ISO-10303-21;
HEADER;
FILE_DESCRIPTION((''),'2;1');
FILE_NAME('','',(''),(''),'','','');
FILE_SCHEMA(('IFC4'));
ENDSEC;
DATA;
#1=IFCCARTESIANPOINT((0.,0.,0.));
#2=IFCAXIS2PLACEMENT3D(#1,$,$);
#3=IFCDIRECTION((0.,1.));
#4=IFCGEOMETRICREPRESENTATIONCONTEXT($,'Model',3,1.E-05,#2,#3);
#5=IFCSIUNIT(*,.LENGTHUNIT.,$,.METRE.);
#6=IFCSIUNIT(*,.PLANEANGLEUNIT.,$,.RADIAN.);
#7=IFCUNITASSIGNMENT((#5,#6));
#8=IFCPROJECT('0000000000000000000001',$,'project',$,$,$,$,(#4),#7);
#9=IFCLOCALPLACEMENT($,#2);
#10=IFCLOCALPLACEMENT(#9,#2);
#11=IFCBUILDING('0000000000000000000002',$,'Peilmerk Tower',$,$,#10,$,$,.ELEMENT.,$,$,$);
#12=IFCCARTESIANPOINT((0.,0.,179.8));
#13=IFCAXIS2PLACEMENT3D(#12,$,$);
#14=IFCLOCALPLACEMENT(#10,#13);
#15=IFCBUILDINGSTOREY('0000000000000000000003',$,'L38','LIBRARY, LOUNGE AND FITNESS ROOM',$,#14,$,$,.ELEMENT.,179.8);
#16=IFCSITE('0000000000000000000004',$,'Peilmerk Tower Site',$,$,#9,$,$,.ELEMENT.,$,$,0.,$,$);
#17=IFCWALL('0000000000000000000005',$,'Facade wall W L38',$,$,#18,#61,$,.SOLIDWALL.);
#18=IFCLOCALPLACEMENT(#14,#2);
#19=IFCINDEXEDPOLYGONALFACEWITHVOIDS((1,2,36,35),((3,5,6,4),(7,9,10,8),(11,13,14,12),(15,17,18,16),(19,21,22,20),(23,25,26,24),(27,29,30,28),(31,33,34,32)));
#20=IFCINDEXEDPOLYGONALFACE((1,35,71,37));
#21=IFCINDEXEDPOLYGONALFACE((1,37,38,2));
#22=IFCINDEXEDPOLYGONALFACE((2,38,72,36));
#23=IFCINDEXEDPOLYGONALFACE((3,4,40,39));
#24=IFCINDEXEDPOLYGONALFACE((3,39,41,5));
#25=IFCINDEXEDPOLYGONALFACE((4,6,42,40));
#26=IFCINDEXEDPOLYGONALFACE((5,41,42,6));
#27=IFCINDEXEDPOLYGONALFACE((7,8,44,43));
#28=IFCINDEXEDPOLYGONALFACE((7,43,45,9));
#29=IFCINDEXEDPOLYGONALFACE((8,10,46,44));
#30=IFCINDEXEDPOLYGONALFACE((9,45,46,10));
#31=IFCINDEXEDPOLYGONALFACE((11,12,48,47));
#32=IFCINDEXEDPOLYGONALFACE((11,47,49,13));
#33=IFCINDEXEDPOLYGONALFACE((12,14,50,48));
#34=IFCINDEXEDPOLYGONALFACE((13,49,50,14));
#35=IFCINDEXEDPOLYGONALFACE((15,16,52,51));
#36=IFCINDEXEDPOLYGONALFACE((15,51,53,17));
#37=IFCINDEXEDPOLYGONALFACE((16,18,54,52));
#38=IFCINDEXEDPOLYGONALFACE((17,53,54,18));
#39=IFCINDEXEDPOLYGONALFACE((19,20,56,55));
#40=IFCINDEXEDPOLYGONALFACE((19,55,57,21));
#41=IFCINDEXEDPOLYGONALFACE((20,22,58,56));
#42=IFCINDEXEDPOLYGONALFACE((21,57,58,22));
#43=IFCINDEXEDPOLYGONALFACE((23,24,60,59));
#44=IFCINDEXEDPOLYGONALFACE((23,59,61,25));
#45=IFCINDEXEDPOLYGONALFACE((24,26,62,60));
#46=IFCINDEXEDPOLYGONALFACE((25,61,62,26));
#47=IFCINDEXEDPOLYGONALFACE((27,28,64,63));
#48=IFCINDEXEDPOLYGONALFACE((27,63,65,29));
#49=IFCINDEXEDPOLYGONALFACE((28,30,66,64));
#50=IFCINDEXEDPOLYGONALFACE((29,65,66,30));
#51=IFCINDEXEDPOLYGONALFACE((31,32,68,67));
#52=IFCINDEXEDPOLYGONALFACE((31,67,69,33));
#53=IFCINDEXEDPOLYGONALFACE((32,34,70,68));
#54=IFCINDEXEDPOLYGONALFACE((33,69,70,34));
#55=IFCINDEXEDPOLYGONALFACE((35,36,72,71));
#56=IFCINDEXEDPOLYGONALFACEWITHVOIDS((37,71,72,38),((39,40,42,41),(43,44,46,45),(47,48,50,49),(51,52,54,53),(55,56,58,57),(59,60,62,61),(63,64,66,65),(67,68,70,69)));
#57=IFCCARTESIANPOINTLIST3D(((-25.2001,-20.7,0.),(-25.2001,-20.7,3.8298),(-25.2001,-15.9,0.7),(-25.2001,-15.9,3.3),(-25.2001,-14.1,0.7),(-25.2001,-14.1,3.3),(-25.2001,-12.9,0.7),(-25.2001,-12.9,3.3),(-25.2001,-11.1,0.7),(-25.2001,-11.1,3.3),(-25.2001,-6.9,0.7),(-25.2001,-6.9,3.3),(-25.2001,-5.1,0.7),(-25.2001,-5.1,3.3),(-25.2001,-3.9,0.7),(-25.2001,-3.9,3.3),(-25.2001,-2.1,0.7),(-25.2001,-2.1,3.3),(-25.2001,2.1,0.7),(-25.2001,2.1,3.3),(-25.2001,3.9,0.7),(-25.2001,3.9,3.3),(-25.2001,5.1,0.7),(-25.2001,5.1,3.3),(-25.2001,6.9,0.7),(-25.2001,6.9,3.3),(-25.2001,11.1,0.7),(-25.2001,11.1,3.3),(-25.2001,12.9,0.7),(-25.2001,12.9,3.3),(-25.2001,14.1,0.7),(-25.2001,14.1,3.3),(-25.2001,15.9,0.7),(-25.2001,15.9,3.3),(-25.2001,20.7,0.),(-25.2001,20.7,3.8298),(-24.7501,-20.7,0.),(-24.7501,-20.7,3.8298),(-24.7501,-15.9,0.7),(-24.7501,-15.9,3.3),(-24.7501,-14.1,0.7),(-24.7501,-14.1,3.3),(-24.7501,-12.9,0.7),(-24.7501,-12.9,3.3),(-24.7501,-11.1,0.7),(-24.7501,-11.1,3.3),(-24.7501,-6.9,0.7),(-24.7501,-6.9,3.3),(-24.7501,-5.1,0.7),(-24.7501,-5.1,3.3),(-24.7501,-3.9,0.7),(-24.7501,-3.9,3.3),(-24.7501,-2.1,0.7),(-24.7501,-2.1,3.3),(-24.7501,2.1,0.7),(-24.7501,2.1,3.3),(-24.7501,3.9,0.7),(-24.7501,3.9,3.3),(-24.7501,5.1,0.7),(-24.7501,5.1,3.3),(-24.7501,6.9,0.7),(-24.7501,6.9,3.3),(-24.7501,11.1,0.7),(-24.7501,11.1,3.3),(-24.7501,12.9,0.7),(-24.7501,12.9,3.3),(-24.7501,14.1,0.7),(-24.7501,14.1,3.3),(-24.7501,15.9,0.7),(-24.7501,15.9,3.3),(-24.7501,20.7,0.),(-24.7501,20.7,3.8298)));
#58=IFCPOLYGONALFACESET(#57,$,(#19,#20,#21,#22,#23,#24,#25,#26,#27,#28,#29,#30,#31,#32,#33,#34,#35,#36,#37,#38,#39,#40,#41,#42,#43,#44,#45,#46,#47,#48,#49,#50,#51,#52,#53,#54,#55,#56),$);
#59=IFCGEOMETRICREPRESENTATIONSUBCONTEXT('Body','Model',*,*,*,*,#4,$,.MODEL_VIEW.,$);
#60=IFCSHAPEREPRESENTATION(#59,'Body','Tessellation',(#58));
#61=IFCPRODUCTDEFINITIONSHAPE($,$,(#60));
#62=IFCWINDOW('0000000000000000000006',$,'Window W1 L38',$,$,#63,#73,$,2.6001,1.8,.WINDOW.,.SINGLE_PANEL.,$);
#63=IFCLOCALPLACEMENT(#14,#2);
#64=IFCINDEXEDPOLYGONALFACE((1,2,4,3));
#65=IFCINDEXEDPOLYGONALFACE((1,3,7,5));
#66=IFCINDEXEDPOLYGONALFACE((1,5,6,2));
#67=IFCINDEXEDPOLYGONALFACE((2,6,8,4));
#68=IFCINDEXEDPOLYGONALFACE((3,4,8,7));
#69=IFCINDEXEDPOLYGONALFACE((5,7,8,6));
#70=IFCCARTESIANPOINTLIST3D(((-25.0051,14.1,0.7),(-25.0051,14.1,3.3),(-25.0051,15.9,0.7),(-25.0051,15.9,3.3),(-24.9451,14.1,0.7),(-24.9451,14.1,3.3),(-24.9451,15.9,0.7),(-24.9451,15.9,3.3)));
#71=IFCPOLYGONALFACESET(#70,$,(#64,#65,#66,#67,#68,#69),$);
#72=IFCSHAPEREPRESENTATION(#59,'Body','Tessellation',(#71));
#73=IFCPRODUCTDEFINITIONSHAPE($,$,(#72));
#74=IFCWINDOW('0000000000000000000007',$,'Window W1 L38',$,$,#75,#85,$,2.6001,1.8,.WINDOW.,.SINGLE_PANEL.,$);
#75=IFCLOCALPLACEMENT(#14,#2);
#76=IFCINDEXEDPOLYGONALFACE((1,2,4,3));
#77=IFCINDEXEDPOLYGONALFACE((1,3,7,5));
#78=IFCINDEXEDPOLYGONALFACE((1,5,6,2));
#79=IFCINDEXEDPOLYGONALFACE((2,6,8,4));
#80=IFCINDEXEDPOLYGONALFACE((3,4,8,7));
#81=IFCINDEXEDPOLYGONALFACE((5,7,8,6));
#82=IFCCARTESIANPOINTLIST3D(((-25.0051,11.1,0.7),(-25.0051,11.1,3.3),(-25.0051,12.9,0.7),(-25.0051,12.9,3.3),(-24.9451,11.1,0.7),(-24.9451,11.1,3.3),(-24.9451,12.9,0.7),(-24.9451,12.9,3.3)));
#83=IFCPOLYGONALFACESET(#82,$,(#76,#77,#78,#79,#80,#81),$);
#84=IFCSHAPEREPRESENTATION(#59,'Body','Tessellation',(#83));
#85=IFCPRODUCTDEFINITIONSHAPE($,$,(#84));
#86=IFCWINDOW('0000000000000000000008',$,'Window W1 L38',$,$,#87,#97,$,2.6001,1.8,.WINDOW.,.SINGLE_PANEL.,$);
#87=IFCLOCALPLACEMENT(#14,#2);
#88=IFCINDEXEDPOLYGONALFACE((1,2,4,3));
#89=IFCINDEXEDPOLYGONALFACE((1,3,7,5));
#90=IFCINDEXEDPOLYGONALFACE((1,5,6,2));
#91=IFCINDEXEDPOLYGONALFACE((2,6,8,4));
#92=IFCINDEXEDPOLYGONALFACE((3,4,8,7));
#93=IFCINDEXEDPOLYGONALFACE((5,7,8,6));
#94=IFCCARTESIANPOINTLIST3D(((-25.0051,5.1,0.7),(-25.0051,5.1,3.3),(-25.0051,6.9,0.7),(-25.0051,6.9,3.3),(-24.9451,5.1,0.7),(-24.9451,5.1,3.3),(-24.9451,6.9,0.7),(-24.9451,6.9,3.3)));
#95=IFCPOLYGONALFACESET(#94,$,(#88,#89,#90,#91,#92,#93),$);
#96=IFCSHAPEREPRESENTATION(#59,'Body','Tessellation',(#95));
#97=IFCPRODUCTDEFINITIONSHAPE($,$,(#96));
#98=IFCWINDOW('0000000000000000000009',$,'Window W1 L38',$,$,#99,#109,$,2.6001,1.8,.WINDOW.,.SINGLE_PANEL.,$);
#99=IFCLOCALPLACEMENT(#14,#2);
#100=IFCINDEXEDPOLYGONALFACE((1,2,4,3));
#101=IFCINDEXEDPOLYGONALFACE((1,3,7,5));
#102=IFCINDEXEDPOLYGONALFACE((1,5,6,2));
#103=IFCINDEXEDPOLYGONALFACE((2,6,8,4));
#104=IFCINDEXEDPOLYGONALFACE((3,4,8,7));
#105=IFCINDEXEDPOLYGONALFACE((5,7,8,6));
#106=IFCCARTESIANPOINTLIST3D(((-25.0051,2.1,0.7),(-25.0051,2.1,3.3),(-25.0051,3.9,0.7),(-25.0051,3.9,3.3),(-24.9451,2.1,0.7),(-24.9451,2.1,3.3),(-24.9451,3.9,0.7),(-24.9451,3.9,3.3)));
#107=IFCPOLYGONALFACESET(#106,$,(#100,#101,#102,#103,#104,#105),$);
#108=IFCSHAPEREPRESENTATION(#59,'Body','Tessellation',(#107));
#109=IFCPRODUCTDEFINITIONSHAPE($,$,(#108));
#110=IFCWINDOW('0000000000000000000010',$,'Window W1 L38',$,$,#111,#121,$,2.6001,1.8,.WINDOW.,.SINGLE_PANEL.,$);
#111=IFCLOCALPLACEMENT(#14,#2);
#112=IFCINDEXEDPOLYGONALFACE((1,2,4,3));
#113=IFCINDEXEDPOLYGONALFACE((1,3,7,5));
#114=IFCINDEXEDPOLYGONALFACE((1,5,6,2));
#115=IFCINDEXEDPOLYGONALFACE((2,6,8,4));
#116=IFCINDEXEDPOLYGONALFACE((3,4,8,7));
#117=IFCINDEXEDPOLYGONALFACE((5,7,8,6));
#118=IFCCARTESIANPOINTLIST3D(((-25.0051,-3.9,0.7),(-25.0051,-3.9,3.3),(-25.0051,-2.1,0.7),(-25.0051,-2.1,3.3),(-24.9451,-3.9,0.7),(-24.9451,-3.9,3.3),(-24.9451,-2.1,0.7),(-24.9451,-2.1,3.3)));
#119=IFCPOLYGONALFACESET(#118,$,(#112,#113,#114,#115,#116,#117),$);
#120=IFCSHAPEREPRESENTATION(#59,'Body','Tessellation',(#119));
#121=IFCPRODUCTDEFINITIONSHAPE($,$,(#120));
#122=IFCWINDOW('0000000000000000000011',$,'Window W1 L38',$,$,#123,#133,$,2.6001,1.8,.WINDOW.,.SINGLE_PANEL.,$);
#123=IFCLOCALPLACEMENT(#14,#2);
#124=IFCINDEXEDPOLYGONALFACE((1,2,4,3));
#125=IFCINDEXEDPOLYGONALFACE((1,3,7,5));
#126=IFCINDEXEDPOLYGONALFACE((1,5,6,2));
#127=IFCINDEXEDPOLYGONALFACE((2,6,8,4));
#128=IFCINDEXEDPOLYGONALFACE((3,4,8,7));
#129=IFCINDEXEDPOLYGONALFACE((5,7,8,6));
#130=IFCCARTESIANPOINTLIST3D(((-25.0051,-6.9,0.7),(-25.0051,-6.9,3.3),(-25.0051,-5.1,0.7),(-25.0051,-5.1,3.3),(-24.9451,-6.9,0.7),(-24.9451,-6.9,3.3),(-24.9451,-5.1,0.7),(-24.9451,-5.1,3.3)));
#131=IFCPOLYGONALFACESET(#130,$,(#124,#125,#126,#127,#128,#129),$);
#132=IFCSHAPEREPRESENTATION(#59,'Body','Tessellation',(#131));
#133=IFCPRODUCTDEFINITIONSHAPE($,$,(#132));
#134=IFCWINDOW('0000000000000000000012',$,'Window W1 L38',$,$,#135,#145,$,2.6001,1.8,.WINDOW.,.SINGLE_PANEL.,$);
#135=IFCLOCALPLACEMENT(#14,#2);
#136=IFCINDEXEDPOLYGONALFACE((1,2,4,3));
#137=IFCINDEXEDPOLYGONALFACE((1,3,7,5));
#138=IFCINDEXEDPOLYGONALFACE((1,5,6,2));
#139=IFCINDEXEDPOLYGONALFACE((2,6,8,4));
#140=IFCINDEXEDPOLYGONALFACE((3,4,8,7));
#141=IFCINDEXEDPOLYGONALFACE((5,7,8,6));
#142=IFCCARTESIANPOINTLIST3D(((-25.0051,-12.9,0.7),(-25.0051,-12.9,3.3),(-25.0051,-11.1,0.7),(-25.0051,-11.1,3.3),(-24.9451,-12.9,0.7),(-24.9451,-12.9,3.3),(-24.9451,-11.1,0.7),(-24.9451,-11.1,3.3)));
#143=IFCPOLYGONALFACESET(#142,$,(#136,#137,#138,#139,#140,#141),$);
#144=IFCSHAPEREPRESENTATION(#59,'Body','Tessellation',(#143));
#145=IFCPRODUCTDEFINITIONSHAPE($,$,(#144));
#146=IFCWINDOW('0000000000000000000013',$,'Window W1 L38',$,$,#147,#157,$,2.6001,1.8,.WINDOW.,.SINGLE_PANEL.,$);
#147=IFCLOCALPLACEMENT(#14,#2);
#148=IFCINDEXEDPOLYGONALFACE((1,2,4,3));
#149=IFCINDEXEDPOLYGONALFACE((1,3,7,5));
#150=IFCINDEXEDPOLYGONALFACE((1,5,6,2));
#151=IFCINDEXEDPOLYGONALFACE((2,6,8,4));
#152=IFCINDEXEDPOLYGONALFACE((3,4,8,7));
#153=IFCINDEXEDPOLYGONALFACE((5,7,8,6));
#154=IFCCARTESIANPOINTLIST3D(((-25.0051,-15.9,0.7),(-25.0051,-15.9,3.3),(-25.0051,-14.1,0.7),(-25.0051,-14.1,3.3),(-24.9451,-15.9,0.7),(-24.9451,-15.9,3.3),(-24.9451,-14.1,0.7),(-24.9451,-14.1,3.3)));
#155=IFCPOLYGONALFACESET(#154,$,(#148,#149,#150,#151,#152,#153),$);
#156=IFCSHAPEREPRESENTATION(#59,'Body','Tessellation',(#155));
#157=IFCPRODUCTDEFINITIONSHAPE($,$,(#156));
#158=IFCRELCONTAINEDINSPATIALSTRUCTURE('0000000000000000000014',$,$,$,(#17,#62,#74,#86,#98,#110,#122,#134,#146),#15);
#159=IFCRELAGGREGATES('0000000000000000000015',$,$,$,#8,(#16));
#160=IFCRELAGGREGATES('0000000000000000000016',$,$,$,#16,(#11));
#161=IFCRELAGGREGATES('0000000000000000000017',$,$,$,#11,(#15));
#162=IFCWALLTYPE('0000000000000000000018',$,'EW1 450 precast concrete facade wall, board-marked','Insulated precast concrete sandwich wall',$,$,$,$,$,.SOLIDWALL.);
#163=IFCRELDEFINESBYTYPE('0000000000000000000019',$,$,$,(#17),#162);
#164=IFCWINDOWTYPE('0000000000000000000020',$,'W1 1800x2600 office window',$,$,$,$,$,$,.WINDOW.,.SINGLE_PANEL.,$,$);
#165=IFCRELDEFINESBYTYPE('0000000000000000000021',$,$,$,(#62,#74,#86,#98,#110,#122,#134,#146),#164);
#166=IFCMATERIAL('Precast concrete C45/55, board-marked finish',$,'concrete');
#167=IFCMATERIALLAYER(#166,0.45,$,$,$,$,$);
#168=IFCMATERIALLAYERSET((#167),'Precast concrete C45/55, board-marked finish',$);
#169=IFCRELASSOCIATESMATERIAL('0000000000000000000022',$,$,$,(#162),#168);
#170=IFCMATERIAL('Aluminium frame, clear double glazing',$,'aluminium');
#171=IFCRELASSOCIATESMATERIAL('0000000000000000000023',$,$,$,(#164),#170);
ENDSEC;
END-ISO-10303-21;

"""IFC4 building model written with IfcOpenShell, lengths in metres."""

from ifc_helpers import new_model, si_unit, direction, frame, frame_2d, origin, place, context, subcontext, project, spatial, rectangle, extrude, material, layer, layer_set, type_object, element, fill, save


model = new_model("IFC4")

# Units and contexts
model_context = context("Model", 3, precision=1e-05, world=origin(), true_north=direction((0.0, 1.0)))
body_context = subcontext(model_context, "Body", "Model", "MODEL_VIEW")
ifc_project = project(units=[si_unit("LENGTHUNIT", "METRE"), si_unit("PLANEANGLEUNIT", "RADIAN")], contexts=[model_context])

# Site, building, storey
site_placement = place(None, origin())
site = spatial("IfcSite", under=ifc_project, at=site_placement, Name="Peilmerk Tower Site", CompositionType="ELEMENT", RefElevation=0.0)
building_placement = place(site_placement, origin())
building = spatial("IfcBuilding", under=site, at=building_placement, Name="Peilmerk Tower", CompositionType="ELEMENT")
storey_placement = place(building_placement, frame((0.0, 0.0, 179.8)))
storey = spatial("IfcBuildingStorey", under=building, at=storey_placement, Name="L38", Description="LIBRARY, LOUNGE AND FITNESS ROOM", CompositionType="ELEMENT", Elevation=179.8)

# Wall, openings, windows
ifc_material_1 = material(Name="Precast concrete C45/55, board-marked finish", Category="concrete")
ifc_layer_1 = layer(ifc_material_1, 0.45)
ifc_layer_set_1 = layer_set([ifc_layer_1], Name="Precast concrete C45/55, board-marked finish")
wall_type = type_object("IfcWallType", Name="EW1 450 precast concrete facade wall, board-marked", Description="Insulated precast concrete sandwich wall", PredefinedType="SOLIDWALL", material=ifc_layer_set_1)
wall_1_placement = place(storey_placement, frame((-24.9751, 20.7, 0.0), z_axis=(0.0, 0.0, 1.0), x_axis=(0.0, -1.0, 0.0)))
wall_1 = element("IfcWall", 1, at=wall_1_placement, inside=storey, type_object=wall_type, Name="Facade wall W L38", PredefinedType="SOLIDWALL", context=body_context, shape_type="SweptSolid", body=[
    extrude(rectangle(XDim=41.3999, YDim=0.45, at=frame_2d((20.7, 0.0))), origin(), (0.0, 0.0, 1.0), 3.8298),
])
opening_1_placement = place(wall_1_placement, frame((4.8, 0.0, 0.7)))
opening_1 = element("IfcOpeningElement", 2, at=opening_1_placement, cuts=wall_1, PredefinedType="OPENING", context=body_context, shape_type="SweptSolid", body=[
    extrude(rectangle(XDim=1.8, YDim=2.6001, at=frame_2d((0.8999, 1.3))), frame((0.0, 0.2349, 0.0), z_axis=(0.0, -1.0, 0.0), x_axis=(1.0, 0.0, 0.0)), (0.0, 0.0, 1.0), 0.47),
])
opening_2_placement = place(wall_1_placement, frame((7.8, 0.0, 0.7)))
opening_2 = element("IfcOpeningElement", 3, at=opening_2_placement, cuts=wall_1, PredefinedType="OPENING", context=body_context, shape_type="SweptSolid", body=[
    extrude(rectangle(XDim=1.8, YDim=2.6001, at=frame_2d((0.8999, 1.3))), frame((0.0, 0.2349, 0.0), z_axis=(0.0, -1.0, 0.0), x_axis=(1.0, 0.0, 0.0)), (0.0, 0.0, 1.0), 0.47),
])
opening_3_placement = place(wall_1_placement, frame((13.8, 0.0, 0.7)))
opening_3 = element("IfcOpeningElement", 4, at=opening_3_placement, cuts=wall_1, PredefinedType="OPENING", context=body_context, shape_type="SweptSolid", body=[
    extrude(rectangle(XDim=1.8, YDim=2.6001, at=frame_2d((0.8999, 1.3))), frame((0.0, 0.2349, 0.0), z_axis=(0.0, -1.0, 0.0), x_axis=(1.0, 0.0, 0.0)), (0.0, 0.0, 1.0), 0.47),
])
opening_4_placement = place(wall_1_placement, frame((16.8, 0.0, 0.7)))
opening_4 = element("IfcOpeningElement", 5, at=opening_4_placement, cuts=wall_1, PredefinedType="OPENING", context=body_context, shape_type="SweptSolid", body=[
    extrude(rectangle(XDim=1.8, YDim=2.6001, at=frame_2d((0.8999, 1.3))), frame((0.0, 0.2349, 0.0), z_axis=(0.0, -1.0, 0.0), x_axis=(1.0, 0.0, 0.0)), (0.0, 0.0, 1.0), 0.47),
])
opening_5_placement = place(wall_1_placement, frame((22.8, 0.0, 0.7)))
opening_5 = element("IfcOpeningElement", 6, at=opening_5_placement, cuts=wall_1, PredefinedType="OPENING", context=body_context, shape_type="SweptSolid", body=[
    extrude(rectangle(XDim=1.8, YDim=2.6001, at=frame_2d((0.8999, 1.3))), frame((0.0, 0.2349, 0.0), z_axis=(0.0, -1.0, 0.0), x_axis=(1.0, 0.0, 0.0)), (0.0, 0.0, 1.0), 0.47),
])
opening_6_placement = place(wall_1_placement, frame((25.8, 0.0, 0.7)))
opening_6 = element("IfcOpeningElement", 7, at=opening_6_placement, cuts=wall_1, PredefinedType="OPENING", context=body_context, shape_type="SweptSolid", body=[
    extrude(rectangle(XDim=1.8, YDim=2.6001, at=frame_2d((0.8999, 1.3))), frame((0.0, 0.2349, 0.0), z_axis=(0.0, -1.0, 0.0), x_axis=(1.0, 0.0, 0.0)), (0.0, 0.0, 1.0), 0.47),
])
opening_7_placement = place(wall_1_placement, frame((31.8, 0.0, 0.7)))
opening_7 = element("IfcOpeningElement", 8, at=opening_7_placement, cuts=wall_1, PredefinedType="OPENING", context=body_context, shape_type="SweptSolid", body=[
    extrude(rectangle(XDim=1.8, YDim=2.6001, at=frame_2d((0.8999, 1.3))), frame((0.0, 0.2349, 0.0), z_axis=(0.0, -1.0, 0.0), x_axis=(1.0, 0.0, 0.0)), (0.0, 0.0, 1.0), 0.47),
])
opening_8_placement = place(wall_1_placement, frame((34.8, 0.0, 0.7)))
opening_8 = element("IfcOpeningElement", 9, at=opening_8_placement, cuts=wall_1, PredefinedType="OPENING", context=body_context, shape_type="SweptSolid", body=[
    extrude(rectangle(XDim=1.8, YDim=2.6001, at=frame_2d((0.8999, 1.3))), frame((0.0, 0.2349, 0.0), z_axis=(0.0, -1.0, 0.0), x_axis=(1.0, 0.0, 0.0)), (0.0, 0.0, 1.0), 0.47),
])
ifc_material_2 = material(Name="Aluminium frame, clear double glazing", Category="aluminium")
window_type = type_object("IfcWindowType", Name="W1 1800x2600 office window", PartitioningType="SINGLE_PANEL", PredefinedType="WINDOW", material=ifc_material_2)
window_1_placement = place(opening_1_placement, origin())
window_1 = element("IfcWindow", 10, at=window_1_placement, inside=storey, type_object=window_type, Name="Window W1 L38", OverallHeight=2.6001, OverallWidth=1.8, PartitioningType="SINGLE_PANEL", PredefinedType="WINDOW", context=body_context, shape_type="SweptSolid", body=[
    extrude(rectangle(XDim=1.8, YDim=2.6001, at=frame_2d((0.8999, 1.3))), frame((0.0, 0.03, 0.0), z_axis=(0.0, -1.0, 0.0), x_axis=(1.0, 0.0, 0.0)), (0.0, 0.0, 1.0), 0.0601),
])
fill(opening_1, window_1)
window_2_placement = place(opening_2_placement, origin())
window_2 = element("IfcWindow", 11, at=window_2_placement, inside=storey, type_object=window_type, Name="Window W1 L38", OverallHeight=2.6001, OverallWidth=1.8, PartitioningType="SINGLE_PANEL", PredefinedType="WINDOW", context=body_context, shape_type="SweptSolid", body=[
    extrude(rectangle(XDim=1.8, YDim=2.6001, at=frame_2d((0.8999, 1.3))), frame((0.0, 0.03, 0.0), z_axis=(0.0, -1.0, 0.0), x_axis=(1.0, 0.0, 0.0)), (0.0, 0.0, 1.0), 0.0601),
])
fill(opening_2, window_2)
window_3_placement = place(opening_3_placement, origin())
window_3 = element("IfcWindow", 12, at=window_3_placement, inside=storey, type_object=window_type, Name="Window W1 L38", OverallHeight=2.6001, OverallWidth=1.8, PartitioningType="SINGLE_PANEL", PredefinedType="WINDOW", context=body_context, shape_type="SweptSolid", body=[
    extrude(rectangle(XDim=1.8, YDim=2.6001, at=frame_2d((0.8999, 1.3))), frame((0.0, 0.03, 0.0), z_axis=(0.0, -1.0, 0.0), x_axis=(1.0, 0.0, 0.0)), (0.0, 0.0, 1.0), 0.0601),
])
fill(opening_3, window_3)
window_4_placement = place(opening_4_placement, origin())
window_4 = element("IfcWindow", 13, at=window_4_placement, inside=storey, type_object=window_type, Name="Window W1 L38", OverallHeight=2.6001, OverallWidth=1.8, PartitioningType="SINGLE_PANEL", PredefinedType="WINDOW", context=body_context, shape_type="SweptSolid", body=[
    extrude(rectangle(XDim=1.8, YDim=2.6001, at=frame_2d((0.8999, 1.3))), frame((0.0, 0.03, 0.0), z_axis=(0.0, -1.0, 0.0), x_axis=(1.0, 0.0, 0.0)), (0.0, 0.0, 1.0), 0.0601),
])
fill(opening_4, window_4)
window_5_placement = place(opening_5_placement, origin())
window_5 = element("IfcWindow", 14, at=window_5_placement, inside=storey, type_object=window_type, Name="Window W1 L38", OverallHeight=2.6001, OverallWidth=1.8, PartitioningType="SINGLE_PANEL", PredefinedType="WINDOW", context=body_context, shape_type="SweptSolid", body=[
    extrude(rectangle(XDim=1.8, YDim=2.6001, at=frame_2d((0.8999, 1.3))), frame((0.0, 0.03, 0.0), z_axis=(0.0, -1.0, 0.0), x_axis=(1.0, 0.0, 0.0)), (0.0, 0.0, 1.0), 0.0601),
])
fill(opening_5, window_5)
window_6_placement = place(opening_6_placement, origin())
window_6 = element("IfcWindow", 15, at=window_6_placement, inside=storey, type_object=window_type, Name="Window W1 L38", OverallHeight=2.6001, OverallWidth=1.8, PartitioningType="SINGLE_PANEL", PredefinedType="WINDOW", context=body_context, shape_type="SweptSolid", body=[
    extrude(rectangle(XDim=1.8, YDim=2.6001, at=frame_2d((0.8999, 1.3))), frame((0.0, 0.03, 0.0), z_axis=(0.0, -1.0, 0.0), x_axis=(1.0, 0.0, 0.0)), (0.0, 0.0, 1.0), 0.0601),
])
fill(opening_6, window_6)
window_7_placement = place(opening_7_placement, origin())
window_7 = element("IfcWindow", 16, at=window_7_placement, inside=storey, type_object=window_type, Name="Window W1 L38", OverallHeight=2.6001, OverallWidth=1.8, PartitioningType="SINGLE_PANEL", PredefinedType="WINDOW", context=body_context, shape_type="SweptSolid", body=[
    extrude(rectangle(XDim=1.8, YDim=2.6001, at=frame_2d((0.8999, 1.3))), frame((0.0, 0.03, 0.0), z_axis=(0.0, -1.0, 0.0), x_axis=(1.0, 0.0, 0.0)), (0.0, 0.0, 1.0), 0.0601),
])
fill(opening_7, window_7)
window_8_placement = place(opening_8_placement, origin())
window_8 = element("IfcWindow", 17, at=window_8_placement, inside=storey, type_object=window_type, Name="Window W1 L38", OverallHeight=2.6001, OverallWidth=1.8, PartitioningType="SINGLE_PANEL", PredefinedType="WINDOW", context=body_context, shape_type="SweptSolid", body=[
    extrude(rectangle(XDim=1.8, YDim=2.6001, at=frame_2d((0.8999, 1.3))), frame((0.0, 0.03, 0.0), z_axis=(0.0, -1.0, 0.0), x_axis=(1.0, 0.0, 0.0)), (0.0, 0.0, 1.0), 0.0601),
])
fill(opening_8, window_8)

save(model, "model.ifc")
